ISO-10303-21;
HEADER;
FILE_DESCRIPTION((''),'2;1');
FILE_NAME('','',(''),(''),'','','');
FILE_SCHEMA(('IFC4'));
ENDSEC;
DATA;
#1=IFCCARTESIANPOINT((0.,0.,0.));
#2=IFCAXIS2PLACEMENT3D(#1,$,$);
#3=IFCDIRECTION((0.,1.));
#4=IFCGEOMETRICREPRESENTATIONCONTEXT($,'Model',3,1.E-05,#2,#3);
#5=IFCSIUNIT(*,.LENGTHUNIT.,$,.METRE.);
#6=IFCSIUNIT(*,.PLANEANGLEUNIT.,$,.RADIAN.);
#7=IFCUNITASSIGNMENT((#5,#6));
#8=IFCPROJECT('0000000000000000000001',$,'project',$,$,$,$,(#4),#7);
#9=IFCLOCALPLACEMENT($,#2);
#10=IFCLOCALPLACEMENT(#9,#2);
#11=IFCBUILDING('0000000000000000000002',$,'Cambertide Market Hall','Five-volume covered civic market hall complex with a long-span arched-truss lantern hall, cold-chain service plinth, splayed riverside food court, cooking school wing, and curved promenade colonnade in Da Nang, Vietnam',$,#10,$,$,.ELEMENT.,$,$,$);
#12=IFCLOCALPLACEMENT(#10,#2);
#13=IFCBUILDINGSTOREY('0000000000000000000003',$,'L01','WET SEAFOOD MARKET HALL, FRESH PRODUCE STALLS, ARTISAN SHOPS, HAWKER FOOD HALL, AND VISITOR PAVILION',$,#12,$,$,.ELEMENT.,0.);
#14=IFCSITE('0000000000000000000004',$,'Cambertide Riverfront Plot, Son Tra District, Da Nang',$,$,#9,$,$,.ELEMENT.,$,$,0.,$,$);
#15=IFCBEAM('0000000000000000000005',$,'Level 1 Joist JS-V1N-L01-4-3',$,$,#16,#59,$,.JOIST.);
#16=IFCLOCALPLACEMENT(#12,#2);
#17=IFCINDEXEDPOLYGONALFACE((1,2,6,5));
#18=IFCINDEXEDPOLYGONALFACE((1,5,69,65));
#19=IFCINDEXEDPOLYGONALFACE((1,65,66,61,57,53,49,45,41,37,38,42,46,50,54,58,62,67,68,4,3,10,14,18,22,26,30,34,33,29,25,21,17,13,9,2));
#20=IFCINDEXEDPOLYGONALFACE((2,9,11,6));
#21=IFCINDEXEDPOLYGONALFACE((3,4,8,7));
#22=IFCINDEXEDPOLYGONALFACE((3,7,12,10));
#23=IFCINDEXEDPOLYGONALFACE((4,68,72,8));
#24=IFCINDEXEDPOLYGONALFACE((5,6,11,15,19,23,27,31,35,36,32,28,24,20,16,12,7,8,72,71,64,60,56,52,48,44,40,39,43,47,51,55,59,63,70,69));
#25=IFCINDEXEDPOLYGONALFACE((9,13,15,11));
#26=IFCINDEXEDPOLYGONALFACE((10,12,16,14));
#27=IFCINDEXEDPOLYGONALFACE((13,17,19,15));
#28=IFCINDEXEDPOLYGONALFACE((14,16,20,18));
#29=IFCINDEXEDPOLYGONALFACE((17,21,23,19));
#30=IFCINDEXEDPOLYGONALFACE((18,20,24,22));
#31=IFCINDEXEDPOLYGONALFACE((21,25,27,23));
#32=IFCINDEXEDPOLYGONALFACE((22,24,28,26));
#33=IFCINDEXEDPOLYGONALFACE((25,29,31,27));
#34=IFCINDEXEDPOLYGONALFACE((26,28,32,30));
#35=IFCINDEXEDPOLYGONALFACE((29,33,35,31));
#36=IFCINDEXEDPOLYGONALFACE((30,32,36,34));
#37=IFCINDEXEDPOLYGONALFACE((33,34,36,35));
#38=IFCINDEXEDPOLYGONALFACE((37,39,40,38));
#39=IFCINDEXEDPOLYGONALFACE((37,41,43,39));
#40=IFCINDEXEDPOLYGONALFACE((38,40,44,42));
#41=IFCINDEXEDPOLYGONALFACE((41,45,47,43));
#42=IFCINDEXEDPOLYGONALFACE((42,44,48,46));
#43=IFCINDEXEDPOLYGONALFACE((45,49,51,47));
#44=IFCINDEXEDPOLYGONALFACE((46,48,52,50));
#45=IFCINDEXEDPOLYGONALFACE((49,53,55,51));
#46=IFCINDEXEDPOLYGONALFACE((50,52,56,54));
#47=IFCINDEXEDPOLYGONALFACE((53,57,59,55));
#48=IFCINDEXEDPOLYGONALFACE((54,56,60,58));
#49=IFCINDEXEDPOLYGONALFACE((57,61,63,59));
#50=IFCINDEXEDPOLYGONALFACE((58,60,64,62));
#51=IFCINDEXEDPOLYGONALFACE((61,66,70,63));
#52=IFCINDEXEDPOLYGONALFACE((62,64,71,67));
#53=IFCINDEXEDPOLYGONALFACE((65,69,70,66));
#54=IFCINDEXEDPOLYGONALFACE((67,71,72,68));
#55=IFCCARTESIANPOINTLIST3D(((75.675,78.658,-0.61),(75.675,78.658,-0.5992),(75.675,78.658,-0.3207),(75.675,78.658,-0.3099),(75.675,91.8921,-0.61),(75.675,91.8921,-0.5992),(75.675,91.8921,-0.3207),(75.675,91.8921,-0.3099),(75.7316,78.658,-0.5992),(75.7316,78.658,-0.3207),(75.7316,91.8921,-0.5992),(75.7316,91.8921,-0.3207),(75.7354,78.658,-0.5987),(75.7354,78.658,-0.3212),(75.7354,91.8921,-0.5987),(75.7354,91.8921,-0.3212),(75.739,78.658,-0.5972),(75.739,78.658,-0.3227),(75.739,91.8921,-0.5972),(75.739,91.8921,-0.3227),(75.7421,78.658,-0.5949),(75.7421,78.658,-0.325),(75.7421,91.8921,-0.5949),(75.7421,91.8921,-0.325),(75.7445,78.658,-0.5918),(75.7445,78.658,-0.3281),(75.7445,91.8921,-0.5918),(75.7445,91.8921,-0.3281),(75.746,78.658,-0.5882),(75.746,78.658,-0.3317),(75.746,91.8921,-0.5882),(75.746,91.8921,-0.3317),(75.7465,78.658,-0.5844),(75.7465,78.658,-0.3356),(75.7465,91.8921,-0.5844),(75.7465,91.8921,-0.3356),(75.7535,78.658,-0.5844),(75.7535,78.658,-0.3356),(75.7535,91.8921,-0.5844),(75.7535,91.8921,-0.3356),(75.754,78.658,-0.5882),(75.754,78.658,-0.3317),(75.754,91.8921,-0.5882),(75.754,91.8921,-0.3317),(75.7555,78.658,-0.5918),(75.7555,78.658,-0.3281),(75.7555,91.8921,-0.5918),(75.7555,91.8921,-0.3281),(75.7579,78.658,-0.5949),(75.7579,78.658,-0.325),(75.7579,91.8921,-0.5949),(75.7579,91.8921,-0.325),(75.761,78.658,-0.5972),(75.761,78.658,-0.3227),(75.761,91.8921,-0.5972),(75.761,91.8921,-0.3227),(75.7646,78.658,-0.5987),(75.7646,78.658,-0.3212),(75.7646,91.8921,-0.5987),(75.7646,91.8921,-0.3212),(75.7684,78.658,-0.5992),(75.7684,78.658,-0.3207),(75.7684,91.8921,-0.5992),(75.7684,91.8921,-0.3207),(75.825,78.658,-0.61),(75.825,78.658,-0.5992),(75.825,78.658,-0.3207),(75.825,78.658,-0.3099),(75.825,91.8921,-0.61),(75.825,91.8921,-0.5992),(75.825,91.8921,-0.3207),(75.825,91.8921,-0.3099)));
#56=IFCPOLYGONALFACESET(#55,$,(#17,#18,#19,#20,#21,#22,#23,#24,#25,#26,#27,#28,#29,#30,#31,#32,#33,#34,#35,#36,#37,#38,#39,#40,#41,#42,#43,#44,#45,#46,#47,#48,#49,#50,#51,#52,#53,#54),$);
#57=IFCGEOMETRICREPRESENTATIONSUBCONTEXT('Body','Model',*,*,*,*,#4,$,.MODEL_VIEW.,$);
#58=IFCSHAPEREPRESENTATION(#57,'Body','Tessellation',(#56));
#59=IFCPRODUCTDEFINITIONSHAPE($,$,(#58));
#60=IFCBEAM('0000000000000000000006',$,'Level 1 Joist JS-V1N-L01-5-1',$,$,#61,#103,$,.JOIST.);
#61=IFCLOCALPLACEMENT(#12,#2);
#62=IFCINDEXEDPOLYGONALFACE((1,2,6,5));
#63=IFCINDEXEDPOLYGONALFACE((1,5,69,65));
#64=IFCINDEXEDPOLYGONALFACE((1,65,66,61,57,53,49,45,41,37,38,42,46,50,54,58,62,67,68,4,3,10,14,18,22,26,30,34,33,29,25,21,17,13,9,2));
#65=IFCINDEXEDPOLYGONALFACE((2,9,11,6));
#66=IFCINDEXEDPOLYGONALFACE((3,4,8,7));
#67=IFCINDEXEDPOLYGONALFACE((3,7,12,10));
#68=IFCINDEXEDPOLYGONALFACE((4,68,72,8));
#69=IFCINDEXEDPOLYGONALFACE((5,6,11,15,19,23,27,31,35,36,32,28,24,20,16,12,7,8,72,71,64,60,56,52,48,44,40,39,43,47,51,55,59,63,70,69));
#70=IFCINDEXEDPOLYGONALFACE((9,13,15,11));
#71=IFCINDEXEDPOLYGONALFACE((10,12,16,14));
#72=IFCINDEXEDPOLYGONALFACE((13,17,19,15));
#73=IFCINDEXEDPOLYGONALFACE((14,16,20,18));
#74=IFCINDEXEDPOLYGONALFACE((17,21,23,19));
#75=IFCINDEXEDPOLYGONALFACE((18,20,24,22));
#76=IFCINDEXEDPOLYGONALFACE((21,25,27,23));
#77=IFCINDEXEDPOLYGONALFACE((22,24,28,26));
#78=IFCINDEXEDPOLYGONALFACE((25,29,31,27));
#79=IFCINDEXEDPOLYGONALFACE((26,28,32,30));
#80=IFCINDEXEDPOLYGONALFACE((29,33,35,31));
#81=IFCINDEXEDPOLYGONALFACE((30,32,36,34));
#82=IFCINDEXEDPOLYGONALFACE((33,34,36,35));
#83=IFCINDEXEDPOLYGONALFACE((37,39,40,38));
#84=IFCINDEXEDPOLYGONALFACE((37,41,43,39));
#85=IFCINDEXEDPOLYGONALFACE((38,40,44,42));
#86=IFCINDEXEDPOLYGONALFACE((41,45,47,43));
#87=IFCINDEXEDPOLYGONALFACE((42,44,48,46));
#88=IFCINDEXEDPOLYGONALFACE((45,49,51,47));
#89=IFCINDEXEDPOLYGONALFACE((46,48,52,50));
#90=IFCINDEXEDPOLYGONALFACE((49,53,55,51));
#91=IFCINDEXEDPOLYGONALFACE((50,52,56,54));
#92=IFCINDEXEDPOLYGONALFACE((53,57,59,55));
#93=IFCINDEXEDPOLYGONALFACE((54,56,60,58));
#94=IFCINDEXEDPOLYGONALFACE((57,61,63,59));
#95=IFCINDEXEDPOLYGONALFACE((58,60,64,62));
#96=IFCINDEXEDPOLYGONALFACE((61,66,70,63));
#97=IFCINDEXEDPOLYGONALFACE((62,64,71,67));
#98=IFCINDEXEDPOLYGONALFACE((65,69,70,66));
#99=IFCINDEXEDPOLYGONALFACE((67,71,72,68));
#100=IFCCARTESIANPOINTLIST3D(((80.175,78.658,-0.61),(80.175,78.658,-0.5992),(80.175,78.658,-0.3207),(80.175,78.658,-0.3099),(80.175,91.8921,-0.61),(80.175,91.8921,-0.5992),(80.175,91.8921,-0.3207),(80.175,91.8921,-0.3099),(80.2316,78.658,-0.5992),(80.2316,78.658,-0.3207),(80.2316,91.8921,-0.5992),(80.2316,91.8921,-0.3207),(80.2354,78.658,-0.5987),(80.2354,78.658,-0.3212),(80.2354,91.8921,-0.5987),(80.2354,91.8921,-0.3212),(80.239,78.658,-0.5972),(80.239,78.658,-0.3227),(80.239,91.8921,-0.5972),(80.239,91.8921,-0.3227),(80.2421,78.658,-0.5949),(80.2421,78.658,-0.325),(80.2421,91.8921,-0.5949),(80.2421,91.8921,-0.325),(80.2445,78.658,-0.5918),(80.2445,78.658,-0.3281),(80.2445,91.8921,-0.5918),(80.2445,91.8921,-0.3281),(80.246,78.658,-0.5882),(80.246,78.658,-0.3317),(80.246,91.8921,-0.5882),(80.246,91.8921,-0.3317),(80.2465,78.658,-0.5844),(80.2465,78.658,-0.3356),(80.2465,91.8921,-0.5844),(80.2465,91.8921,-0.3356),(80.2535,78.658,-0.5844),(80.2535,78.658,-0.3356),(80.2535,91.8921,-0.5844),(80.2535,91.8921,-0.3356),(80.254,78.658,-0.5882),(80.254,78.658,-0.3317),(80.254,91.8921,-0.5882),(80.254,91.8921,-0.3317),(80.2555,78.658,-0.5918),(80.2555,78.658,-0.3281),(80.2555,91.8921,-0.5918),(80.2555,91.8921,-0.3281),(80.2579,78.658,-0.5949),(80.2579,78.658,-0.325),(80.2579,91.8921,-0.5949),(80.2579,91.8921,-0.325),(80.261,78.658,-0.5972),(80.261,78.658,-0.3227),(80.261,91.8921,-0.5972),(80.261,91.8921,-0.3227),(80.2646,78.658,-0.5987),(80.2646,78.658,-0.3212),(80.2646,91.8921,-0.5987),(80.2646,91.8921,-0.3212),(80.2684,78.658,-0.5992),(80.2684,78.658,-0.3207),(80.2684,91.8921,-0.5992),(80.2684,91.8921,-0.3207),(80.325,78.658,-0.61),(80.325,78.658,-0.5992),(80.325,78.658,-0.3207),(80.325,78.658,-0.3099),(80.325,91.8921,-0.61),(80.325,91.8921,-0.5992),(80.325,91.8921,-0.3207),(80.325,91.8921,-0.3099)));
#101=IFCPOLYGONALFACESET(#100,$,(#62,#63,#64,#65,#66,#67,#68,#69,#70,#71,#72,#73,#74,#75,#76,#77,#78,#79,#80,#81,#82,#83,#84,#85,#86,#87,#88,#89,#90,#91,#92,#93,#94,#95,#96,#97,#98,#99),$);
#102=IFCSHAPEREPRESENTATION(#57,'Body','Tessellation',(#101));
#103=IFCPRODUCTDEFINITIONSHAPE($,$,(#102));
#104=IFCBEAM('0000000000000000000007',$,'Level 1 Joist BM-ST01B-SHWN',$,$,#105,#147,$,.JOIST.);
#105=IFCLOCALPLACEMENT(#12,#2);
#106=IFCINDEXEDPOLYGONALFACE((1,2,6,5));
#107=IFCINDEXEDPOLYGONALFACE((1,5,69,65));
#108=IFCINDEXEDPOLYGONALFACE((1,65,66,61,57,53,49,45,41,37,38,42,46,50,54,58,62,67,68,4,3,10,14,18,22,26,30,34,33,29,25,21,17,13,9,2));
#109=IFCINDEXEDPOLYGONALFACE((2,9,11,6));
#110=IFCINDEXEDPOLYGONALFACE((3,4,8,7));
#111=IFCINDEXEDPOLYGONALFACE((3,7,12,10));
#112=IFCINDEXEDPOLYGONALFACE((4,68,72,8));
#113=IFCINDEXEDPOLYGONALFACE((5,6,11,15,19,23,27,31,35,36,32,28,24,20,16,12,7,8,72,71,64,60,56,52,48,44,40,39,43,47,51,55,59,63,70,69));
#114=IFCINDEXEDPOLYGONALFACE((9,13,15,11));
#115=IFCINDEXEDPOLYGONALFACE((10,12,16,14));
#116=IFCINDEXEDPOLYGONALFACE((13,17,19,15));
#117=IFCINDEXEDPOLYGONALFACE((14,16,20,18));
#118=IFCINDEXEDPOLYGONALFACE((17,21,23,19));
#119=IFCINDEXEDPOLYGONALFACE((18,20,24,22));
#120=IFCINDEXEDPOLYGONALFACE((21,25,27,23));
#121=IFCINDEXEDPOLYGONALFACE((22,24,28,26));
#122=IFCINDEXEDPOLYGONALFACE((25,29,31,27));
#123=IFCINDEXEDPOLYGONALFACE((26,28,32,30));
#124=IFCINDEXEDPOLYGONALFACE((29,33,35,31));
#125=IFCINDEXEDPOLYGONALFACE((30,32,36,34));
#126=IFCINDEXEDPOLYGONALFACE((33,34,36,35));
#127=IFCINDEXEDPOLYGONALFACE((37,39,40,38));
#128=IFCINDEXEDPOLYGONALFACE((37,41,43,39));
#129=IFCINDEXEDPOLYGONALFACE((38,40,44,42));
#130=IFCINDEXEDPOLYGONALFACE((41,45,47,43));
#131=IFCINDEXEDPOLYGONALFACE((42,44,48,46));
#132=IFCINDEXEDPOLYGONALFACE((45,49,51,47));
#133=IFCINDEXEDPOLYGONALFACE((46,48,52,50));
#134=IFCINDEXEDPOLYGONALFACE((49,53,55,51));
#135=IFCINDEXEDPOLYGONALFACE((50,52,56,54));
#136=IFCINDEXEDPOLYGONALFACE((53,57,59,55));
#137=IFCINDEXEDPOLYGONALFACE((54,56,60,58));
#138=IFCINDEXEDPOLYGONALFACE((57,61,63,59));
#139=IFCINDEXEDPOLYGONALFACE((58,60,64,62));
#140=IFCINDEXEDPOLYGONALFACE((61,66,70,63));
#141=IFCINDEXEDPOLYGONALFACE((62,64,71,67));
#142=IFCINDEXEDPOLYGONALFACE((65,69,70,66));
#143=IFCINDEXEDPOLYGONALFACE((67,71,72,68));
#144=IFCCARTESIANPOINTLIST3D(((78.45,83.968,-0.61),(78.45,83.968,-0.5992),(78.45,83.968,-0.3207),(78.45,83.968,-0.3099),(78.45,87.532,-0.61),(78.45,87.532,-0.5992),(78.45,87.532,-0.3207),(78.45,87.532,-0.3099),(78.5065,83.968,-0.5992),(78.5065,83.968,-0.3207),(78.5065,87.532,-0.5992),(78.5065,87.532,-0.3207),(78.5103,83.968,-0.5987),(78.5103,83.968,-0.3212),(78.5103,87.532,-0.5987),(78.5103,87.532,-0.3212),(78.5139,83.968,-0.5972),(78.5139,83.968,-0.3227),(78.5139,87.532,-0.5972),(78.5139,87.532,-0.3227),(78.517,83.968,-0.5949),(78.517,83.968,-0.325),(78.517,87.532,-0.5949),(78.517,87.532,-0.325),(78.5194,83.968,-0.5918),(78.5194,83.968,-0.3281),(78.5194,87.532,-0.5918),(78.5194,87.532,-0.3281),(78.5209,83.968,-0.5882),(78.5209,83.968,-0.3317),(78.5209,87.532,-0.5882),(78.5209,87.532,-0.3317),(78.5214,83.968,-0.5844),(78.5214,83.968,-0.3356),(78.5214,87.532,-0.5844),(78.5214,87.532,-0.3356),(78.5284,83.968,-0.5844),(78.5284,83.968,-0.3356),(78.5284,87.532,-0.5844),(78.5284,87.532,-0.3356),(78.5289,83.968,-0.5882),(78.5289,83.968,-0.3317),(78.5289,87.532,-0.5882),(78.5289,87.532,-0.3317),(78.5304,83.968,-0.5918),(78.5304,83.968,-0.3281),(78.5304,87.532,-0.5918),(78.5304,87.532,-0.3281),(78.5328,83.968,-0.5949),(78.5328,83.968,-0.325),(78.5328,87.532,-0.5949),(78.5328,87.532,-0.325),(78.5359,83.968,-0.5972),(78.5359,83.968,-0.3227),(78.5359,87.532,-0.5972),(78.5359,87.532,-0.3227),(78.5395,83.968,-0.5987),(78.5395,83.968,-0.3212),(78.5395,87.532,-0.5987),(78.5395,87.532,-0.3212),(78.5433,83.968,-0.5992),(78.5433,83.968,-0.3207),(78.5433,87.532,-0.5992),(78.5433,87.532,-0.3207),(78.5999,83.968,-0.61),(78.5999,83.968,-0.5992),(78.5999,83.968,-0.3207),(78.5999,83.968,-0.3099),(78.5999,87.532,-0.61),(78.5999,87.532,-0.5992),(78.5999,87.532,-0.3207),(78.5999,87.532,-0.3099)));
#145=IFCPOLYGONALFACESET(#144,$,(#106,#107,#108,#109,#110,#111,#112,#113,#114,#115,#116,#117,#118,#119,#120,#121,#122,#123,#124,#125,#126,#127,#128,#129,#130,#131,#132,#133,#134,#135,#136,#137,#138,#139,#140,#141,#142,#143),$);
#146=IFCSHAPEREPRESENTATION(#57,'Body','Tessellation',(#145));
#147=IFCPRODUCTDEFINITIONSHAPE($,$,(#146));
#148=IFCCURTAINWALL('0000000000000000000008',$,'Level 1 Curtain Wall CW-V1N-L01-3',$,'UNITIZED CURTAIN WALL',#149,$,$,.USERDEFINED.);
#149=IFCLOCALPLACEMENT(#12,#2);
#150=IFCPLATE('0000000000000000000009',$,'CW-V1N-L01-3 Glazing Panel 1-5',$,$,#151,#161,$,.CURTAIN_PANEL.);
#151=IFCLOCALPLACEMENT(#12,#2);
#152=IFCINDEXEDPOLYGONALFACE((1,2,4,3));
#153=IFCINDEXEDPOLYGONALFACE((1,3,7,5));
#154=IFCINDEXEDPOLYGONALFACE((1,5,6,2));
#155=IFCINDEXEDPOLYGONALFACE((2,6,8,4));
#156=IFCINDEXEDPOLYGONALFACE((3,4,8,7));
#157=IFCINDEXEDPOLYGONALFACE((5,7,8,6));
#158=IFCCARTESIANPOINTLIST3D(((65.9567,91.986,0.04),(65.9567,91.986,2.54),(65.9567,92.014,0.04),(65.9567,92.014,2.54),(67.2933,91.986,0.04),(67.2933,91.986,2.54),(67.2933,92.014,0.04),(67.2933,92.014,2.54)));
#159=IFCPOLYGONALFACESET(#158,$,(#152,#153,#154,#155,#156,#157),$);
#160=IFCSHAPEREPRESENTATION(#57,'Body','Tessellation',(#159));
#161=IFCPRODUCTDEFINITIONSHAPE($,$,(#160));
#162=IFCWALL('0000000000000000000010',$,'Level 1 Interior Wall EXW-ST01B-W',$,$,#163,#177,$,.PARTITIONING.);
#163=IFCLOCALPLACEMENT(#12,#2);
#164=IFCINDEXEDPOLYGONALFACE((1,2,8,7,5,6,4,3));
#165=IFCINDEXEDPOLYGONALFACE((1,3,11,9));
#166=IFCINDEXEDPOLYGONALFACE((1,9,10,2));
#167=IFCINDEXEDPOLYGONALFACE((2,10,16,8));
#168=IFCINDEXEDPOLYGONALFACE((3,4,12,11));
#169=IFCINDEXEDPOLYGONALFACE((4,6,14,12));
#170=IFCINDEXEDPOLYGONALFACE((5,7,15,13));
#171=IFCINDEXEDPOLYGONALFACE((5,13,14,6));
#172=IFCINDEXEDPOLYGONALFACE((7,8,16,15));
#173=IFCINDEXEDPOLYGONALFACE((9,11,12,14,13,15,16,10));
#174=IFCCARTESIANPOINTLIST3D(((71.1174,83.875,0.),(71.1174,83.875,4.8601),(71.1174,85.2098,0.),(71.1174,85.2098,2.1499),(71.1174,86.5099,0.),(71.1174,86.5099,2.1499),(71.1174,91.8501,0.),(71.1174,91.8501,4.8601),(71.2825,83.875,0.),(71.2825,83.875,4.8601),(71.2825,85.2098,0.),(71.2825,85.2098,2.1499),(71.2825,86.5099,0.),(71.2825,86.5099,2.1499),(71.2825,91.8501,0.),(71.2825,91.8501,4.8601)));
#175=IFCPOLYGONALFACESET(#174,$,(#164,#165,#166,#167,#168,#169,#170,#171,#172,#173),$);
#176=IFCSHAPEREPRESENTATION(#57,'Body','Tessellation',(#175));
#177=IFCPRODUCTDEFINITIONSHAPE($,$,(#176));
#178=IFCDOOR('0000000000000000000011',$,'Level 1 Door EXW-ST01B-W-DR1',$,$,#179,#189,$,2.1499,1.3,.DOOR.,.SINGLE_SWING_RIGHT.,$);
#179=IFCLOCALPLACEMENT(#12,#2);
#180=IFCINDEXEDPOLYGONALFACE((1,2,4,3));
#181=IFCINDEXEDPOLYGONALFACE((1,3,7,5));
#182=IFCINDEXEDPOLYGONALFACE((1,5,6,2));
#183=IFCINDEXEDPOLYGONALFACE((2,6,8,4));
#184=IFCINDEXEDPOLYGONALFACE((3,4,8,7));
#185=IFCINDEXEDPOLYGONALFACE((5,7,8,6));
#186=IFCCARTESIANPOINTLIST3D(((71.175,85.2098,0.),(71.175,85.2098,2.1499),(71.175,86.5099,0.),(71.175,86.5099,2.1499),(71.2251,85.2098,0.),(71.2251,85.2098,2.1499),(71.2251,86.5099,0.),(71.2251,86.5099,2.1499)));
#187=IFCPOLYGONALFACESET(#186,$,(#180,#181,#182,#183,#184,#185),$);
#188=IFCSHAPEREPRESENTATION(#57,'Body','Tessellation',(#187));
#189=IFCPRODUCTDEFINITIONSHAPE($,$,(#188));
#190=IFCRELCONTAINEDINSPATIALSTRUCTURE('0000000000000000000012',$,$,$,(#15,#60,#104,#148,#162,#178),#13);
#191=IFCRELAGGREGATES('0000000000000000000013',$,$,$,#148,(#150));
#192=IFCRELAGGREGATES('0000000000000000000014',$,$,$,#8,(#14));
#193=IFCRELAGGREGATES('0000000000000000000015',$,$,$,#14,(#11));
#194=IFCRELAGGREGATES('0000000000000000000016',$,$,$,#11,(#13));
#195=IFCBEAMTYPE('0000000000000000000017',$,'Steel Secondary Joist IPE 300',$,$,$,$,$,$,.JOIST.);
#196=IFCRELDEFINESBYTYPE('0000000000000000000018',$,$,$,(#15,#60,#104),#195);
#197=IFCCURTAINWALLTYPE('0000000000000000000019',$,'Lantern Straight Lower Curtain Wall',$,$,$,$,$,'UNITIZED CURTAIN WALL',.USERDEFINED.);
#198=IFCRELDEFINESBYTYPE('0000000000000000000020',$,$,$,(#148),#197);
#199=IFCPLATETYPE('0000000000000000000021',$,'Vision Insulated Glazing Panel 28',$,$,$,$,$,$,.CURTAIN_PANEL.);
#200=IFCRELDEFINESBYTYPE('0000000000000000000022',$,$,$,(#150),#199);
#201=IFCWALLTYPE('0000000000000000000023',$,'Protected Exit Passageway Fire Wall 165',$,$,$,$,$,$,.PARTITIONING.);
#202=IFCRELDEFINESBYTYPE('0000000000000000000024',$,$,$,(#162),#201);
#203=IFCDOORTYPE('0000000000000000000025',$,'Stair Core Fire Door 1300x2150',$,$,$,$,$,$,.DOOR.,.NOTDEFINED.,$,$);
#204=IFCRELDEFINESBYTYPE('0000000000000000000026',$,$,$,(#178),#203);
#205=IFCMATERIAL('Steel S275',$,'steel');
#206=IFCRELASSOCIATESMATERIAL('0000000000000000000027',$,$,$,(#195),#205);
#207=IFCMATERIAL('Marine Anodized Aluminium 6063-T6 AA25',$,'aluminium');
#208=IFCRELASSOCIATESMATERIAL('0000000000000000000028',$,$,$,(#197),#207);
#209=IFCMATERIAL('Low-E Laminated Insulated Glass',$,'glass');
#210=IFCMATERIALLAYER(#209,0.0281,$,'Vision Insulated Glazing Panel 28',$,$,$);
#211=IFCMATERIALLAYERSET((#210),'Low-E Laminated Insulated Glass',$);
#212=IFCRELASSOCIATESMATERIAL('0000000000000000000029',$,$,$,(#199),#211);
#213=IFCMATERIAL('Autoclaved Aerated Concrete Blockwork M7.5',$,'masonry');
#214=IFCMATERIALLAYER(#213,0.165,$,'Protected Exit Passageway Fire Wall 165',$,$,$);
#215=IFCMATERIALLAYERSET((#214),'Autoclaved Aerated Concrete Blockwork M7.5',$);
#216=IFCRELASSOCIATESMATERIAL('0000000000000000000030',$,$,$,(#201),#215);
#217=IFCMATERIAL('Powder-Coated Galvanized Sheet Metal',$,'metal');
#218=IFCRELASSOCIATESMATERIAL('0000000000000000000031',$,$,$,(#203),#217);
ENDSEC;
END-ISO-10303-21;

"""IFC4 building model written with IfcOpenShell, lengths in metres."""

from ifc_helpers import new_model, si_unit, direction, frame, frame_2d, origin, origin_2d, place, context, subcontext, project, spatial, rectangle, i_section, extrude, material, layer, layer_set, material_profile, profile_set, type_object, element, fill, aggregate, save


model = new_model("IFC4")

# Units and contexts
model_context = context("Model", 3, precision=1e-05, world=origin(), true_north=direction((0.0, 1.0)))
body_context = subcontext(model_context, "Body", "Model", "MODEL_VIEW")
ifc_project = project(units=[si_unit("LENGTHUNIT", "METRE"), si_unit("PLANEANGLEUNIT", "RADIAN")], contexts=[model_context])

# Site, building, storey
site_placement = place(None, origin())
site = spatial("IfcSite", under=ifc_project, at=site_placement, Name="Cambertide Riverfront Plot, Son Tra District, Da Nang", CompositionType="ELEMENT", RefElevation=0.0)
building_placement = place(site_placement, origin())
building = spatial("IfcBuilding", under=site, at=building_placement, Name="Cambertide Market Hall", Description="Five-volume covered civic market hall complex with a long-span arched-truss lantern hall, cold-chain service plinth, splayed riverside food court, cooking school wing, and curved promenade colonnade in Da Nang, Vietnam", CompositionType="ELEMENT")
storey_placement = place(building_placement, origin())
storey = spatial("IfcBuildingStorey", under=building, at=storey_placement, Name="L01", Description="WET SEAFOOD MARKET HALL, FRESH PRODUCE STALLS, ARTISAN SHOPS, HAWKER FOOD HALL, AND VISITOR PAVILION", CompositionType="ELEMENT", Elevation=0.0)

# Beams
ifc_material_1 = material(Name="Steel S275", Category="steel")
ifc_material_profile_1 = material_profile(ifc_material_1, i_section(OverallWidth=0.1499, OverallDepth=0.3, WebThickness=0.0071, FlangeThickness=0.0107, FilletRadius=0.0149, at=origin_2d()), Name="IPE 300")
ifc_profile_set_1 = profile_set([ifc_material_profile_1], Name="Steel S275")
beam_type_1 = type_object("IfcBeamType", Name="Steel Secondary Joist IPE 300", PredefinedType="JOIST", material=ifc_profile_set_1)
for number, where, z_axis, x_axis, name in (
    (1, (75.75, 78.658, -0.46), (0.0, 1.0, 0.0), (-1.0, 0.0, 0.0), "Level 1 Joist JS-V1N-L01-4-3"),
    (2, (80.25, 78.658, -0.46), (0.0, 1.0, 0.0), (-1.0, 0.0, 0.0), "Level 1 Joist JS-V1N-L01-5-1"),
):
    element("IfcBeam", number, at=place(storey_placement, frame(where, z_axis=z_axis, x_axis=x_axis)), inside=storey, type_object=beam_type_1, Name=name, PredefinedType="JOIST", context=body_context, shape_type="SweptSolid", body=[
        extrude(i_section(OverallWidth=0.1499, OverallDepth=0.3, WebThickness=0.0071, FlangeThickness=0.0107, FilletRadius=0.0149, at=origin_2d()), origin(), (0.0, 0.0, 1.0), 13.2341),
    ])
beam_placement = place(storey_placement, frame((78.5249, 83.968, -0.46), z_axis=(0.0, 1.0, 0.0), x_axis=(-1.0, 0.0, 0.0)))
element("IfcBeam", 3, at=beam_placement, inside=storey, type_object=beam_type_1, Name="Level 1 Joist BM-ST01B-SHWN", PredefinedType="JOIST", context=body_context, shape_type="SweptSolid", body=[
    extrude(i_section(OverallWidth=0.1499, OverallDepth=0.3, WebThickness=0.0071, FlangeThickness=0.0107, FilletRadius=0.0149, at=origin_2d()), origin(), (0.0, 0.0, 1.0), 3.564),
])

# Curtain wall, plate
ifc_material_2 = material(Name="Marine Anodized Aluminium 6063-T6 AA25", Category="aluminium")
curtain_wall_type = type_object("IfcCurtainWallType", Name="Lantern Straight Lower Curtain Wall", ElementType="UNITIZED CURTAIN WALL", PredefinedType="USERDEFINED", material=ifc_material_2)
curtain_wall_placement = place(storey_placement, origin())
curtain_wall = element("IfcCurtainWall", 4, at=curtain_wall_placement, inside=storey, type_object=curtain_wall_type, Name="Level 1 Curtain Wall CW-V1N-L01-3", ObjectType="UNITIZED CURTAIN WALL", PredefinedType="USERDEFINED")
ifc_material_3 = material(Name="Low-E Laminated Insulated Glass", Category="glass")
ifc_layer_1 = layer(ifc_material_3, 0.0281, Name="Vision Insulated Glazing Panel 28")
ifc_layer_set_1 = layer_set([ifc_layer_1], Name="Low-E Laminated Insulated Glass")
plate_type = type_object("IfcPlateType", Name="Vision Insulated Glazing Panel 28", PredefinedType="CURTAIN_PANEL", material=ifc_layer_set_1)
plate_placement = place(storey_placement, frame((66.625, 92.0, 0.04), z_axis=(0.0, 0.0, 1.0), x_axis=(1.0, 0.0, 0.0)))
plate = element("IfcPlate", 5, at=plate_placement, type_object=plate_type, Name="CW-V1N-L01-3 Glazing Panel 1-5", PredefinedType="CURTAIN_PANEL", context=body_context, shape_type="SweptSolid", body=[
    extrude(rectangle(XDim=1.3367, YDim=0.0281, at=origin_2d()), origin(), (0.0, 0.0, 1.0), 2.5),
])
aggregate(curtain_wall, [plate])

# Wall, opening, door
ifc_material_4 = material(Name="Autoclaved Aerated Concrete Blockwork M7.5", Category="masonry")
ifc_layer_2 = layer(ifc_material_4, 0.165, Name="Protected Exit Passageway Fire Wall 165")
ifc_layer_set_2 = layer_set([ifc_layer_2], Name="Autoclaved Aerated Concrete Blockwork M7.5")
wall_type_1 = type_object("IfcWallType", Name="Protected Exit Passageway Fire Wall 165", PredefinedType="PARTITIONING", material=ifc_layer_set_2)
wall_1_placement = place(storey_placement, frame((71.2, 83.875, 0.0), z_axis=(0.0, 0.0, 1.0), x_axis=(0.0, 1.0, 0.0)))
wall_1 = element("IfcWall", 6, at=wall_1_placement, inside=storey, type_object=wall_type_1, Name="Level 1 Interior Wall EXW-ST01B-W", PredefinedType="PARTITIONING", context=body_context, shape_type="SweptSolid", body=[
    extrude(rectangle(XDim=7.9751, YDim=0.165, at=frame_2d((3.9875, 0.0))), origin(), (0.0, 0.0, 1.0), 4.8601),
])
opening_1_placement = place(wall_1_placement, frame((1.335, 0.0, 0.0)))
opening_1 = element("IfcOpeningElement", 7, at=opening_1_placement, cuts=wall_1, PredefinedType="OPENING", context=body_context, shape_type="SweptSolid", body=[
    extrude(rectangle(XDim=1.3, YDim=2.1499, at=frame_2d((0.6499, 1.075))), frame((0.0, 0.0925, 0.0), z_axis=(0.0, -1.0, 0.0), x_axis=(1.0, 0.0, 0.0)), (0.0, 0.0, 1.0), 0.1851),
])
ifc_material_5 = material(Name="Powder-Coated Galvanized Sheet Metal", Category="metal")
door_type = type_object("IfcDoorType", Name="Stair Core Fire Door 1300x2150", OperationType="NOTDEFINED", PredefinedType="DOOR", material=ifc_material_5)
door_1_placement = place(opening_1_placement, origin())
door_1 = element("IfcDoor", 8, at=door_1_placement, inside=storey, type_object=door_type, Name="Level 1 Door EXW-ST01B-W-DR1", OperationType="SINGLE_SWING_RIGHT", OverallHeight=2.1499, OverallWidth=1.3, PredefinedType="DOOR", context=body_context, shape_type="SweptSolid", body=[
    extrude(rectangle(XDim=1.3, YDim=2.1499, at=frame_2d((0.6499, 1.075))), frame((0.0, 0.0249, 0.0), z_axis=(0.0, -1.0, 0.0), x_axis=(1.0, 0.0, 0.0)), (0.0, 0.0, 1.0), 0.05),
])
fill(opening_1, door_1)

save(model, "model.ifc")
